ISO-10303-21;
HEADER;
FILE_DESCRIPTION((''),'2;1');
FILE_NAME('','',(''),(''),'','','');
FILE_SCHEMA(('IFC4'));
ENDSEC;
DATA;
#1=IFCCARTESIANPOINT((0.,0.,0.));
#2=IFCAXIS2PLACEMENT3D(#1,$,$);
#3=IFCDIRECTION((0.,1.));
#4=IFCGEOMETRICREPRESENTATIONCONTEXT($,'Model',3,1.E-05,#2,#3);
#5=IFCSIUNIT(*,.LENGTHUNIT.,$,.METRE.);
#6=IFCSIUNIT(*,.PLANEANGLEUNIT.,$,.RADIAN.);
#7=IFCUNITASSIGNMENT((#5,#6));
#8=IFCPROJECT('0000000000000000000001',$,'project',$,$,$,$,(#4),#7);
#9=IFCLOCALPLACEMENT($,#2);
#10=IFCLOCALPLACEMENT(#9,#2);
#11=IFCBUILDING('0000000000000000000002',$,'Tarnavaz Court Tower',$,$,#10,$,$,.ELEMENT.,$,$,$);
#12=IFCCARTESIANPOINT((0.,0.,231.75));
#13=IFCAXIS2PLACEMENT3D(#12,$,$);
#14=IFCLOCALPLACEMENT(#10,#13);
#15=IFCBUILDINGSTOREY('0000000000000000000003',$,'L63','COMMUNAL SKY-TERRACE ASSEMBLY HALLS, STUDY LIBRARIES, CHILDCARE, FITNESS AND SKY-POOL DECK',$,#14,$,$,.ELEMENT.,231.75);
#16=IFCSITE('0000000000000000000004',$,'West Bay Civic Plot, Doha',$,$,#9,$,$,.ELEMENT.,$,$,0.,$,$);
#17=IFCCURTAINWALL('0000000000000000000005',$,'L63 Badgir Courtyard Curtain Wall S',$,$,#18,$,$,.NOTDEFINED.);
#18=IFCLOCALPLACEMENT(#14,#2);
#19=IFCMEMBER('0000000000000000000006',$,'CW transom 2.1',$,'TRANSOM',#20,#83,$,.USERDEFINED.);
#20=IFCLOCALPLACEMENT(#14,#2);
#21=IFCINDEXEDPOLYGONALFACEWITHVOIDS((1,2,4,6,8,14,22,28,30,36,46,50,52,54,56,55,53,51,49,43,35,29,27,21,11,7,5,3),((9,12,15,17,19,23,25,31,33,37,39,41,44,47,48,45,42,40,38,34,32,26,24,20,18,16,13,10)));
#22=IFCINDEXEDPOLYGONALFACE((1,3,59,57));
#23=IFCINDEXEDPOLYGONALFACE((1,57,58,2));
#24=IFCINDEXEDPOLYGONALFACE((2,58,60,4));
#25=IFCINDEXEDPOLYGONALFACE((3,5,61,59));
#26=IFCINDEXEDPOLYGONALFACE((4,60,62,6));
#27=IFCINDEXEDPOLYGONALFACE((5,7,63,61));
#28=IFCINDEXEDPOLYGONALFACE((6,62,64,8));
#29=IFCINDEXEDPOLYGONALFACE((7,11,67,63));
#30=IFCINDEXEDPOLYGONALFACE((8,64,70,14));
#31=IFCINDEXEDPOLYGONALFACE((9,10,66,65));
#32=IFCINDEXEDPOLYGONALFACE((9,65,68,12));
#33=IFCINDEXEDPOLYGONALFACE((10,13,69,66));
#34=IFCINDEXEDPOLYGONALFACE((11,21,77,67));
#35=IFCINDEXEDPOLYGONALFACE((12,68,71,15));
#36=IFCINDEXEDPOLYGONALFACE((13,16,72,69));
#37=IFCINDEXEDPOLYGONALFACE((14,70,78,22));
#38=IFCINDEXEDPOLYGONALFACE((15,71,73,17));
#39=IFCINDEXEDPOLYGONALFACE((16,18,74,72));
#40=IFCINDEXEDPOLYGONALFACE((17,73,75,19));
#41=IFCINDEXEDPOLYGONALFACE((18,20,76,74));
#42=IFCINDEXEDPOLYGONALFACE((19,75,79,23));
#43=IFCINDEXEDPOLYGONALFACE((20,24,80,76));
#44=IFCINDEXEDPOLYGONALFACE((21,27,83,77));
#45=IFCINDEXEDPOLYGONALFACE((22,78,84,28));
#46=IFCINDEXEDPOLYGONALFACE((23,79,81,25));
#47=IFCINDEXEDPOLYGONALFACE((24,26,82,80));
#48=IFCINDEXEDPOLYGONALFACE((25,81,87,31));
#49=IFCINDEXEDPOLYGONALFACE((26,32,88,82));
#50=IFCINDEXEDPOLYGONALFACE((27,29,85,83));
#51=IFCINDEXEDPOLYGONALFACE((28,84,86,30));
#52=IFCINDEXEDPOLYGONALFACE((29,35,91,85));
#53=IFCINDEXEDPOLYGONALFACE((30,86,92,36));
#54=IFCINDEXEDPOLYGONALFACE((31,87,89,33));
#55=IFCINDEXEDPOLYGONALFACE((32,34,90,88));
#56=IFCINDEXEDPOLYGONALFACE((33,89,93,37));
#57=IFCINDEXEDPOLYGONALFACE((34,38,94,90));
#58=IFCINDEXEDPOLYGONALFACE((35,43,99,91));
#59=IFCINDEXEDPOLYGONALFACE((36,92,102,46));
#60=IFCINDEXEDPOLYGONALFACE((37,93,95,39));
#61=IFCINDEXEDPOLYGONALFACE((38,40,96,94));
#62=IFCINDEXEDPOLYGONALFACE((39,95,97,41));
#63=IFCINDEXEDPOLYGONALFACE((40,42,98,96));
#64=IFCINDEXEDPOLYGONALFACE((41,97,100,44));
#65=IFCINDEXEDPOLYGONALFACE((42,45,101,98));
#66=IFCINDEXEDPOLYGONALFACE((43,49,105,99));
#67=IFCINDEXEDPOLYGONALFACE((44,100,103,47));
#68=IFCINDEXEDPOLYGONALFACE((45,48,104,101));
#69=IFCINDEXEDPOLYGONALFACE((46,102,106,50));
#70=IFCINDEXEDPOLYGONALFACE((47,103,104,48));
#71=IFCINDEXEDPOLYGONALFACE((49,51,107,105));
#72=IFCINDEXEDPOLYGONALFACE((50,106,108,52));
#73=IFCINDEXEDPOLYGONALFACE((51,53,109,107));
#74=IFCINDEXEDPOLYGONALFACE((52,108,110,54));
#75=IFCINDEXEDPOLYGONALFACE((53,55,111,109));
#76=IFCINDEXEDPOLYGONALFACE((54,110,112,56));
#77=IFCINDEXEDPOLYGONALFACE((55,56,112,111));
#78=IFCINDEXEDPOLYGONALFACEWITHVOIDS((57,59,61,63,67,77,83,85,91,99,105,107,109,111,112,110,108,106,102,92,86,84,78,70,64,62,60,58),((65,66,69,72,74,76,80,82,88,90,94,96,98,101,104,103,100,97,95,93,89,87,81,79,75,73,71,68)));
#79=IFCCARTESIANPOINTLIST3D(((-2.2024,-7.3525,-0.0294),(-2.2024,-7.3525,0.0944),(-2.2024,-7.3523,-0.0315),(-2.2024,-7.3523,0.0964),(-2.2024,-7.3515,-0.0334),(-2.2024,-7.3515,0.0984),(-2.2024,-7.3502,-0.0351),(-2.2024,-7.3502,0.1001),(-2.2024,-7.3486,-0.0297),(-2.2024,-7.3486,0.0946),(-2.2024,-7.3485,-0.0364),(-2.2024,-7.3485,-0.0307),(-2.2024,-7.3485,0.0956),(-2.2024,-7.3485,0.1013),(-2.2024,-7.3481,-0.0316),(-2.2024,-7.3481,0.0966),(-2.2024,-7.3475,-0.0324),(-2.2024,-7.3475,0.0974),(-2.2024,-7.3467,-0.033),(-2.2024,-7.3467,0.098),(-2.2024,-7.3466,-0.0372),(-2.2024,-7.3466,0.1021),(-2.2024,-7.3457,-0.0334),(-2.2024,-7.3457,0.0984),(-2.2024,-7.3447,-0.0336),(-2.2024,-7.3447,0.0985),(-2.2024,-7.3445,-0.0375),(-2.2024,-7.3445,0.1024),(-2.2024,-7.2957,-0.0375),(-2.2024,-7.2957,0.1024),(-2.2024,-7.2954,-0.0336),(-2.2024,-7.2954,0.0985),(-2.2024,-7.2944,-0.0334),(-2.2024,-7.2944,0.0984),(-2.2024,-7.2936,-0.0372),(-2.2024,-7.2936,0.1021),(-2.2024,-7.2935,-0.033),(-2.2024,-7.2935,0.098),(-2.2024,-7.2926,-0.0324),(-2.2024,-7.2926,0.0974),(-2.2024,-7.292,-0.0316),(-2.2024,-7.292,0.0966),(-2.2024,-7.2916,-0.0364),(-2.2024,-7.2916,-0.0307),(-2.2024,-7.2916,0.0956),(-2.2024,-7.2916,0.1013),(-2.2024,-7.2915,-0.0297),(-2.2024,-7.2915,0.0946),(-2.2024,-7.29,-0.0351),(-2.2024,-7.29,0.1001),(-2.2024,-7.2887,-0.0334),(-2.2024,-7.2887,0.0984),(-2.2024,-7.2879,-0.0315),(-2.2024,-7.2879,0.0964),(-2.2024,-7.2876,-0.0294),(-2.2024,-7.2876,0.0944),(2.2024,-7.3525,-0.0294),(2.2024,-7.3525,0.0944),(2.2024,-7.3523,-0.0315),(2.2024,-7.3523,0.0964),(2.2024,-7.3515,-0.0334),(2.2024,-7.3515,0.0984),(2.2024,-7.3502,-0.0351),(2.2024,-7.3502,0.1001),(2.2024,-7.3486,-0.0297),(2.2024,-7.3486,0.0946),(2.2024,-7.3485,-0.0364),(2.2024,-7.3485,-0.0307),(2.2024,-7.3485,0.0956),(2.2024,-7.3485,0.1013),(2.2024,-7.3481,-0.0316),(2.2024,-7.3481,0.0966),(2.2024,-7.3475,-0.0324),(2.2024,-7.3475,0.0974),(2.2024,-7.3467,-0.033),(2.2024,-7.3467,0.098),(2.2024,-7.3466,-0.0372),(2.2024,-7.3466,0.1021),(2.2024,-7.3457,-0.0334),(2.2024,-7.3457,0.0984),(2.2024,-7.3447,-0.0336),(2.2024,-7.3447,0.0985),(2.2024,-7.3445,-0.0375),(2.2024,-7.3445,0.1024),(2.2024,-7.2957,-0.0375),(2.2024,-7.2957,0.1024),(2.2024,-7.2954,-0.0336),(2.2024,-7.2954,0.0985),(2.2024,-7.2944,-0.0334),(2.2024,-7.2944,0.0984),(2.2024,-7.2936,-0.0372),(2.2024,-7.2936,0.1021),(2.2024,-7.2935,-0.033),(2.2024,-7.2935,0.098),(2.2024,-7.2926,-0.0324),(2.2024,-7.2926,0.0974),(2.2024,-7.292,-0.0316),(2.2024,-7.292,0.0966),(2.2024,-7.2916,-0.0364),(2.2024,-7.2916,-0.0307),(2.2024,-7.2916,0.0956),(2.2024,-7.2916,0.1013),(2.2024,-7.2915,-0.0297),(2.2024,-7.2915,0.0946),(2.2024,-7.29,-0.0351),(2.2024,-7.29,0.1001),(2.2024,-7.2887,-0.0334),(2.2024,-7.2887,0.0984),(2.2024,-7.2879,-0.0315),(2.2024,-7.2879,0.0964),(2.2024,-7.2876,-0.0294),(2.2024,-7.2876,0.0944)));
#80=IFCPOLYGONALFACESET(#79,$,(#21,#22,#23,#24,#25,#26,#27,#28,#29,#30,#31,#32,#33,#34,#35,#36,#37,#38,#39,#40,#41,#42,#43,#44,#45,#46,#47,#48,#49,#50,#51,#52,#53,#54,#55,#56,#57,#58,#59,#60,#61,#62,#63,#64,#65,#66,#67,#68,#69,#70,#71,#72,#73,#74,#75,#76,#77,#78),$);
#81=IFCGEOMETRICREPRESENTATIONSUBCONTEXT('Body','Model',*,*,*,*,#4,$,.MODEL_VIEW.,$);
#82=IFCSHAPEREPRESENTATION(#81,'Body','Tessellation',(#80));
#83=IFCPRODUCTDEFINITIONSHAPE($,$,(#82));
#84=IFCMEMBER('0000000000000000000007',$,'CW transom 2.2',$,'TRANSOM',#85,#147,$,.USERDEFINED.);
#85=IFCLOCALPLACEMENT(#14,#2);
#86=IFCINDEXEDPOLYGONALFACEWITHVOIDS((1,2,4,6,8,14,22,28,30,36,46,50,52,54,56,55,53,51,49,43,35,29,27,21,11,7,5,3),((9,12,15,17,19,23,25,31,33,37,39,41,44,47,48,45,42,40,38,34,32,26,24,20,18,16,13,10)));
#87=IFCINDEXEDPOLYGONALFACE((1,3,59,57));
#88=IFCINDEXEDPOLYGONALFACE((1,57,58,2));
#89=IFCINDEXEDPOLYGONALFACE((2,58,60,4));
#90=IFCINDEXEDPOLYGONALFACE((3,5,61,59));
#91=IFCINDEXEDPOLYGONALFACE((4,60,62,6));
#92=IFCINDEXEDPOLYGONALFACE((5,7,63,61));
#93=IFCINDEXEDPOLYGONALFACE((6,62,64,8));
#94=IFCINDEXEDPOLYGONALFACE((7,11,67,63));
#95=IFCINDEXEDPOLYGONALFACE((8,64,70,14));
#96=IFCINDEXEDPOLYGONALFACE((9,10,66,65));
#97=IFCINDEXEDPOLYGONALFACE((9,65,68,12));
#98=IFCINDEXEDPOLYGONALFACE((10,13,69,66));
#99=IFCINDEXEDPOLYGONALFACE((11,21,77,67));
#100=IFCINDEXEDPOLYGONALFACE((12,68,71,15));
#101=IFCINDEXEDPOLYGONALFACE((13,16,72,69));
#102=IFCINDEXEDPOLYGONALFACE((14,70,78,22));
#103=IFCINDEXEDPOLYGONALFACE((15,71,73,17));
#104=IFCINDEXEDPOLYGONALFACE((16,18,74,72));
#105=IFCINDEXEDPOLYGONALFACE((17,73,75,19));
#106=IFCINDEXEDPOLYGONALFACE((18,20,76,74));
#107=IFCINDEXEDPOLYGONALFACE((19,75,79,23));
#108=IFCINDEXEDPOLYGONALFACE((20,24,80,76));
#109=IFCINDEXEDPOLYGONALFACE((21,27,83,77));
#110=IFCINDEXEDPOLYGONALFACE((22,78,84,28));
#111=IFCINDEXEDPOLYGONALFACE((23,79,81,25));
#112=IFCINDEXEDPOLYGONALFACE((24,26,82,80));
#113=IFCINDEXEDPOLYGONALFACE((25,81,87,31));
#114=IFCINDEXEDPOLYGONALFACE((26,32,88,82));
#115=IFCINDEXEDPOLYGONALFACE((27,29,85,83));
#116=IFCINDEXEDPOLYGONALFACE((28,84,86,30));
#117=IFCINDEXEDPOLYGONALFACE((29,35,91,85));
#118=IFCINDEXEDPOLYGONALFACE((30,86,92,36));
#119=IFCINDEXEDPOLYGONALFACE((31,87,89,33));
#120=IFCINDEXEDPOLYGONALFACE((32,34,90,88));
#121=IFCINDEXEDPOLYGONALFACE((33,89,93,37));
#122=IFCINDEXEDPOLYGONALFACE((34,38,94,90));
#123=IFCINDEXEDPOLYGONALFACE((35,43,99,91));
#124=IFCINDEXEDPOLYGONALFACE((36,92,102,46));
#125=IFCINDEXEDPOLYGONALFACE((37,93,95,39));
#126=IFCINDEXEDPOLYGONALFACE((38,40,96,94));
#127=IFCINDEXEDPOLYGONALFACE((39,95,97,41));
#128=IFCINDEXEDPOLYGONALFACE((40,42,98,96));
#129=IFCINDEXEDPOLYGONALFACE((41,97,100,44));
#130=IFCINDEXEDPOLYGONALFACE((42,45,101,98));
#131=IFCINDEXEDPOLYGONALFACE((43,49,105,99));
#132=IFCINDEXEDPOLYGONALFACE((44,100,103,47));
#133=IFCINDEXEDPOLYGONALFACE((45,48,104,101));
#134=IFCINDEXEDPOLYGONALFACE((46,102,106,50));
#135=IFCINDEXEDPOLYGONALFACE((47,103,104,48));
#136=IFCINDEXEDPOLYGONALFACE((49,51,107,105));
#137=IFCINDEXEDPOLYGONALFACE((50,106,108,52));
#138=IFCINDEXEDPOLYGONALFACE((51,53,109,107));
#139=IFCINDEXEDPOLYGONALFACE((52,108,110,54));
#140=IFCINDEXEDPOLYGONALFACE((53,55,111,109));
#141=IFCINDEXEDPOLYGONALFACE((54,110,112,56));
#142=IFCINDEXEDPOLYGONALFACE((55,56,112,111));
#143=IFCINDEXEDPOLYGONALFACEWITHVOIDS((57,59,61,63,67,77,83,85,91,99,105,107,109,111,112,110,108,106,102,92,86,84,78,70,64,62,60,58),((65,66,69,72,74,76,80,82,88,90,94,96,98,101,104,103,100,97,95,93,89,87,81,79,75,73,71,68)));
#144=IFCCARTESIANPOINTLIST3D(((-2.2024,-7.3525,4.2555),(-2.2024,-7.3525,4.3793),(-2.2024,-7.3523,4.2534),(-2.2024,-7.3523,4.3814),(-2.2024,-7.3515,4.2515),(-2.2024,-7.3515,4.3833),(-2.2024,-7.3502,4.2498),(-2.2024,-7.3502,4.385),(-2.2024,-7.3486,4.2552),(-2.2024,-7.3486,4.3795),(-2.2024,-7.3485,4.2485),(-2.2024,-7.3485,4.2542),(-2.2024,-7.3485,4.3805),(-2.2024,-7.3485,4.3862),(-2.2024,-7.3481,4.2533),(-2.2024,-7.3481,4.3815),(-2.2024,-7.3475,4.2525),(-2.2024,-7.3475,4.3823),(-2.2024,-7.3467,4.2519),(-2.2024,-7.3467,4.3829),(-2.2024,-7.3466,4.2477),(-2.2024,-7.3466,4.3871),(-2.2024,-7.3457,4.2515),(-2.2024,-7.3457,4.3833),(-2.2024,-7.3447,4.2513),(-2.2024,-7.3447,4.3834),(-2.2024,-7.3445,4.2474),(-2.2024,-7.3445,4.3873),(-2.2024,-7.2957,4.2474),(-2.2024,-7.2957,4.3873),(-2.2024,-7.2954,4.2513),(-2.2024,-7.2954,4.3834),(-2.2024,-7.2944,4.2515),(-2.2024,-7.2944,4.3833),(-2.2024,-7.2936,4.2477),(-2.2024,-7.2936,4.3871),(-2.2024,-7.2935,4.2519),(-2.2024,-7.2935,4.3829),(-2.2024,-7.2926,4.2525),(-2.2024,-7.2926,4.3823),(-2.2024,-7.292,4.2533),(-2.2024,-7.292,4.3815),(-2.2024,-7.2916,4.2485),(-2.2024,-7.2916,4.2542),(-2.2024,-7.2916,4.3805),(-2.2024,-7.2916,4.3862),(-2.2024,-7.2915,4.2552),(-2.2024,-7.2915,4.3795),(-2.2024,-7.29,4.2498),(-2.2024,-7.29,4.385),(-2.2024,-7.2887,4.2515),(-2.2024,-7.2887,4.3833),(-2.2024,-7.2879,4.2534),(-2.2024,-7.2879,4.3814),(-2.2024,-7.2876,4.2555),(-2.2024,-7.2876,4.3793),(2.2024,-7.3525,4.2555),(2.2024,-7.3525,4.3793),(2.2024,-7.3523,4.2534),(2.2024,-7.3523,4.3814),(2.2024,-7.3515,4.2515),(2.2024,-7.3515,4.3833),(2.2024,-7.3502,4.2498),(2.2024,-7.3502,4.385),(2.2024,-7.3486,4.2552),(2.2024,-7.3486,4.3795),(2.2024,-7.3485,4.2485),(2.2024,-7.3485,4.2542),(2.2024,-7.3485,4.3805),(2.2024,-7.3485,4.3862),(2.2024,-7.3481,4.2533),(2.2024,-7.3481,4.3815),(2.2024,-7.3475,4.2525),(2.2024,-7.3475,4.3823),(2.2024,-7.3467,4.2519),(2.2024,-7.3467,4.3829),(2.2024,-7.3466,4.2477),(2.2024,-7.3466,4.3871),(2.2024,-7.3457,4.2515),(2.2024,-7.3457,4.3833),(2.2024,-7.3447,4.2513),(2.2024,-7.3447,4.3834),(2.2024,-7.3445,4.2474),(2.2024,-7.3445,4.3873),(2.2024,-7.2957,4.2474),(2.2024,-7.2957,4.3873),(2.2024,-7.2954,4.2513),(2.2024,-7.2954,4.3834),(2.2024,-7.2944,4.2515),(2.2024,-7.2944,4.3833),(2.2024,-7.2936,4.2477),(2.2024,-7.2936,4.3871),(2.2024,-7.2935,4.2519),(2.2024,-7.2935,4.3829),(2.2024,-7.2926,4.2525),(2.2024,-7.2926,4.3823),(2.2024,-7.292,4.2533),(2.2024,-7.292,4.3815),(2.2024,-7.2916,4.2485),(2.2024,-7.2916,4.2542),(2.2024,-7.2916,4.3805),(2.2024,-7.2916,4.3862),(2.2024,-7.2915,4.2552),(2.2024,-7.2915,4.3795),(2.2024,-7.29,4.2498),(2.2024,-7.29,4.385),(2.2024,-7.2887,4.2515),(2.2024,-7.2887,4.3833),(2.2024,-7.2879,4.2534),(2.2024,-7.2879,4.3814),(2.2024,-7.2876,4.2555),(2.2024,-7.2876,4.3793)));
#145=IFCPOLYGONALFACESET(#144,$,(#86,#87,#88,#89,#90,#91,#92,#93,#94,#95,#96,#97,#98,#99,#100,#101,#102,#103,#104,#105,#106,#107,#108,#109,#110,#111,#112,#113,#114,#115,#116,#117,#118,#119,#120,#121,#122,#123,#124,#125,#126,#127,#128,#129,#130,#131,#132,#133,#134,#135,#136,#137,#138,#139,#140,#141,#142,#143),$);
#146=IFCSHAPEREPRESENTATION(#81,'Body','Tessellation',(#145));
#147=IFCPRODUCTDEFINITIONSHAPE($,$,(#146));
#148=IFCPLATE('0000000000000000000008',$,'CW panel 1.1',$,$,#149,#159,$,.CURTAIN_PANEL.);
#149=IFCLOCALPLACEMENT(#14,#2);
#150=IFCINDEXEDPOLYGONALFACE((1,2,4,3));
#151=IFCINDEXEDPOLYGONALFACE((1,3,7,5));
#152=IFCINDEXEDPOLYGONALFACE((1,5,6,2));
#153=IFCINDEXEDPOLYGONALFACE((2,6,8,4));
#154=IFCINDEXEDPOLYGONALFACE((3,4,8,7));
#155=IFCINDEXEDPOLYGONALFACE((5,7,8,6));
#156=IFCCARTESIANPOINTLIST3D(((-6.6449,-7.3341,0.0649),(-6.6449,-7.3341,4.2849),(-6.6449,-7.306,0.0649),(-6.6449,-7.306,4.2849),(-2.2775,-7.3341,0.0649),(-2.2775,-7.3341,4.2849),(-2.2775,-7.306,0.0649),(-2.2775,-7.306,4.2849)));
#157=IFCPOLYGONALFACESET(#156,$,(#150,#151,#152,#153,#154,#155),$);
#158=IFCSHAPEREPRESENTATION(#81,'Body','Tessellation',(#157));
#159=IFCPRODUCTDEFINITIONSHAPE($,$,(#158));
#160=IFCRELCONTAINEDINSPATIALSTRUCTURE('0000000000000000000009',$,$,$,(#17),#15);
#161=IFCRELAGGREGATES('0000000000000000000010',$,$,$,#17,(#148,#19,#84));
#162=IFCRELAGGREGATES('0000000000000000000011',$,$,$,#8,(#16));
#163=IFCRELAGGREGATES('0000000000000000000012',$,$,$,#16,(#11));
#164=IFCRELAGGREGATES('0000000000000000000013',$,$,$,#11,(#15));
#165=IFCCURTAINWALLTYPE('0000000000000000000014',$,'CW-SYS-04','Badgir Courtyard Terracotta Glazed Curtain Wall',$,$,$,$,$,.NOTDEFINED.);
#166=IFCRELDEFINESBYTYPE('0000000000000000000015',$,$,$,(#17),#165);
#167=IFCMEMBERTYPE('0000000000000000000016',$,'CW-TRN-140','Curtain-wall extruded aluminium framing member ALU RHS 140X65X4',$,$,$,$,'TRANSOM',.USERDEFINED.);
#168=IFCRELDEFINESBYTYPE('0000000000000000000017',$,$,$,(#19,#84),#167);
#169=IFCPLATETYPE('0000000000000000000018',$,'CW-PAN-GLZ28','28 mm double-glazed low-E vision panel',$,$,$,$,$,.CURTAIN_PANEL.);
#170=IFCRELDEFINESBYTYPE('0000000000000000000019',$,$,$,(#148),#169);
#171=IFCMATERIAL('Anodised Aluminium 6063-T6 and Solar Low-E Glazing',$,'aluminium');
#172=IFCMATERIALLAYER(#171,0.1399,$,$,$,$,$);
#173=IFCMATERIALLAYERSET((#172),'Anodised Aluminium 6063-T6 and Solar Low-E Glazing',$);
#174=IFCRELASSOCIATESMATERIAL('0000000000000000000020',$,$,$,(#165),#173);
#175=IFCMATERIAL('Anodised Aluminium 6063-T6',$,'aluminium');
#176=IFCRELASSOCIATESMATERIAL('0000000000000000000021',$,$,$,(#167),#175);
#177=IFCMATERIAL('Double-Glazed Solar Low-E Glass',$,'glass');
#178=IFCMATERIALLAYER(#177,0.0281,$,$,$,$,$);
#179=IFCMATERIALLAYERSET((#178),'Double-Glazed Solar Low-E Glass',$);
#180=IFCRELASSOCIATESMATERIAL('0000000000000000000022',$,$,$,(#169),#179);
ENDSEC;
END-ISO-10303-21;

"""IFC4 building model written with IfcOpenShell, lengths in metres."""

from ifc_helpers import new_model, si_unit, direction, frame, origin, origin_2d, place, context, subcontext, project, spatial, rectangle, hollow_rectangle, extrude, material, layer, layer_set, material_profile, profile_set, type_object, element, aggregate, save


model = new_model("IFC4")

# Units and contexts
model_context = context("Model", 3, precision=1e-05, world=origin(), true_north=direction((0.0, 1.0)))
body_context = subcontext(model_context, "Body", "Model", "MODEL_VIEW")
ifc_project = project(units=[si_unit("LENGTHUNIT", "METRE"), si_unit("PLANEANGLEUNIT", "RADIAN")], contexts=[model_context])

# Site, building, storey
site_placement = place(None, origin())
site = spatial("IfcSite", under=ifc_project, at=site_placement, Name="West Bay Civic Plot, Doha", CompositionType="ELEMENT", RefElevation=0.0)
building_placement = place(site_placement, origin())
building = spatial("IfcBuilding", under=site, at=building_placement, Name="Tarnavaz Court Tower", CompositionType="ELEMENT")
storey_placement = place(building_placement, frame((0.0, 0.0, 231.75)))
storey = spatial("IfcBuildingStorey", under=building, at=storey_placement, Name="L63", Description="COMMUNAL SKY-TERRACE ASSEMBLY HALLS, STUDY LIBRARIES, CHILDCARE, FITNESS AND SKY-POOL DECK", CompositionType="ELEMENT", Elevation=231.75)

# Curtain wall, members, plate
ifc_material_1 = material(Name="Anodised Aluminium 6063-T6 and Solar Low-E Glazing", Category="aluminium")
ifc_layer_1 = layer(ifc_material_1, 0.1399)
ifc_layer_set_1 = layer_set([ifc_layer_1], Name="Anodised Aluminium 6063-T6 and Solar Low-E Glazing")
curtain_wall_type = type_object("IfcCurtainWallType", Name="CW-SYS-04", Description="Badgir Courtyard Terracotta Glazed Curtain Wall", PredefinedType="NOTDEFINED", material=ifc_layer_set_1)
curtain_wall_placement = place(storey_placement, origin())
curtain_wall = element("IfcCurtainWall", 1, at=curtain_wall_placement, inside=storey, type_object=curtain_wall_type, Name="L63 Badgir Courtyard Curtain Wall S", PredefinedType="NOTDEFINED")
ifc_material_2 = material(Name="Anodised Aluminium 6063-T6", Category="aluminium")
ifc_material_profile_1 = material_profile(ifc_material_2, hollow_rectangle(XDim=0.0649, YDim=0.1399, WallThickness=0.0039, InnerFilletRadius=0.0039, OuterFilletRadius=0.0081, at=origin_2d()), Name="ALU RHS 140X65X4")
ifc_profile_set_1 = profile_set([ifc_material_profile_1], Name="Anodised Aluminium 6063-T6")
member_type_1 = type_object("IfcMemberType", Name="CW-TRN-140", Description="Curtain-wall extruded aluminium framing member ALU RHS 140X65X4", ElementType="TRANSOM", PredefinedType="USERDEFINED", material=ifc_profile_set_1)
member_1_placement = place(storey_placement, frame((-2.2024, -7.3201, 0.0325), z_axis=(1.0, 0.0, 0.0), x_axis=(0.0, 1.0, 0.0)))
member_1 = element("IfcMember", 2, at=member_1_placement, type_object=member_type_1, Name="CW transom 2.1", ObjectType="TRANSOM", PredefinedType="USERDEFINED", context=body_context, shape_type="SweptSolid", body=[
    extrude(hollow_rectangle(XDim=0.0649, YDim=0.1399, WallThickness=0.0039, InnerFilletRadius=0.0039, OuterFilletRadius=0.0081, at=origin_2d()), origin(), (0.0, 0.0, 1.0), 4.4048),
])
member_2_placement = place(storey_placement, frame((-2.2024, -7.3201, 4.3174), z_axis=(1.0, 0.0, 0.0), x_axis=(0.0, 1.0, 0.0)))
member_2 = element("IfcMember", 3, at=member_2_placement, type_object=member_type_1, Name="CW transom 2.2", ObjectType="TRANSOM", PredefinedType="USERDEFINED", context=body_context, shape_type="SweptSolid", body=[
    extrude(hollow_rectangle(XDim=0.0649, YDim=0.1399, WallThickness=0.0039, InnerFilletRadius=0.0039, OuterFilletRadius=0.0081, at=origin_2d()), origin(), (0.0, 0.0, 1.0), 4.4048),
])
ifc_material_3 = material(Name="Double-Glazed Solar Low-E Glass", Category="glass")
ifc_layer_2 = layer(ifc_material_3, 0.0281)
ifc_layer_set_2 = layer_set([ifc_layer_2], Name="Double-Glazed Solar Low-E Glass")
plate_type = type_object("IfcPlateType", Name="CW-PAN-GLZ28", Description="28 mm double-glazed low-E vision panel", PredefinedType="CURTAIN_PANEL", material=ifc_layer_set_2)
plate_placement = place(storey_placement, frame((-4.4612, -7.3201, 0.0649), z_axis=(0.0, 0.0, 1.0), x_axis=(1.0, 0.0, 0.0)))
plate = element("IfcPlate", 4, at=plate_placement, type_object=plate_type, Name="CW panel 1.1", PredefinedType="CURTAIN_PANEL", context=body_context, shape_type="SweptSolid", body=[
    extrude(rectangle(XDim=4.3674, YDim=0.0281, at=origin_2d()), origin(), (0.0, 0.0, 1.0), 4.22),
])
aggregate(curtain_wall, [plate, member_1, member_2])

save(model, "model.ifc")
